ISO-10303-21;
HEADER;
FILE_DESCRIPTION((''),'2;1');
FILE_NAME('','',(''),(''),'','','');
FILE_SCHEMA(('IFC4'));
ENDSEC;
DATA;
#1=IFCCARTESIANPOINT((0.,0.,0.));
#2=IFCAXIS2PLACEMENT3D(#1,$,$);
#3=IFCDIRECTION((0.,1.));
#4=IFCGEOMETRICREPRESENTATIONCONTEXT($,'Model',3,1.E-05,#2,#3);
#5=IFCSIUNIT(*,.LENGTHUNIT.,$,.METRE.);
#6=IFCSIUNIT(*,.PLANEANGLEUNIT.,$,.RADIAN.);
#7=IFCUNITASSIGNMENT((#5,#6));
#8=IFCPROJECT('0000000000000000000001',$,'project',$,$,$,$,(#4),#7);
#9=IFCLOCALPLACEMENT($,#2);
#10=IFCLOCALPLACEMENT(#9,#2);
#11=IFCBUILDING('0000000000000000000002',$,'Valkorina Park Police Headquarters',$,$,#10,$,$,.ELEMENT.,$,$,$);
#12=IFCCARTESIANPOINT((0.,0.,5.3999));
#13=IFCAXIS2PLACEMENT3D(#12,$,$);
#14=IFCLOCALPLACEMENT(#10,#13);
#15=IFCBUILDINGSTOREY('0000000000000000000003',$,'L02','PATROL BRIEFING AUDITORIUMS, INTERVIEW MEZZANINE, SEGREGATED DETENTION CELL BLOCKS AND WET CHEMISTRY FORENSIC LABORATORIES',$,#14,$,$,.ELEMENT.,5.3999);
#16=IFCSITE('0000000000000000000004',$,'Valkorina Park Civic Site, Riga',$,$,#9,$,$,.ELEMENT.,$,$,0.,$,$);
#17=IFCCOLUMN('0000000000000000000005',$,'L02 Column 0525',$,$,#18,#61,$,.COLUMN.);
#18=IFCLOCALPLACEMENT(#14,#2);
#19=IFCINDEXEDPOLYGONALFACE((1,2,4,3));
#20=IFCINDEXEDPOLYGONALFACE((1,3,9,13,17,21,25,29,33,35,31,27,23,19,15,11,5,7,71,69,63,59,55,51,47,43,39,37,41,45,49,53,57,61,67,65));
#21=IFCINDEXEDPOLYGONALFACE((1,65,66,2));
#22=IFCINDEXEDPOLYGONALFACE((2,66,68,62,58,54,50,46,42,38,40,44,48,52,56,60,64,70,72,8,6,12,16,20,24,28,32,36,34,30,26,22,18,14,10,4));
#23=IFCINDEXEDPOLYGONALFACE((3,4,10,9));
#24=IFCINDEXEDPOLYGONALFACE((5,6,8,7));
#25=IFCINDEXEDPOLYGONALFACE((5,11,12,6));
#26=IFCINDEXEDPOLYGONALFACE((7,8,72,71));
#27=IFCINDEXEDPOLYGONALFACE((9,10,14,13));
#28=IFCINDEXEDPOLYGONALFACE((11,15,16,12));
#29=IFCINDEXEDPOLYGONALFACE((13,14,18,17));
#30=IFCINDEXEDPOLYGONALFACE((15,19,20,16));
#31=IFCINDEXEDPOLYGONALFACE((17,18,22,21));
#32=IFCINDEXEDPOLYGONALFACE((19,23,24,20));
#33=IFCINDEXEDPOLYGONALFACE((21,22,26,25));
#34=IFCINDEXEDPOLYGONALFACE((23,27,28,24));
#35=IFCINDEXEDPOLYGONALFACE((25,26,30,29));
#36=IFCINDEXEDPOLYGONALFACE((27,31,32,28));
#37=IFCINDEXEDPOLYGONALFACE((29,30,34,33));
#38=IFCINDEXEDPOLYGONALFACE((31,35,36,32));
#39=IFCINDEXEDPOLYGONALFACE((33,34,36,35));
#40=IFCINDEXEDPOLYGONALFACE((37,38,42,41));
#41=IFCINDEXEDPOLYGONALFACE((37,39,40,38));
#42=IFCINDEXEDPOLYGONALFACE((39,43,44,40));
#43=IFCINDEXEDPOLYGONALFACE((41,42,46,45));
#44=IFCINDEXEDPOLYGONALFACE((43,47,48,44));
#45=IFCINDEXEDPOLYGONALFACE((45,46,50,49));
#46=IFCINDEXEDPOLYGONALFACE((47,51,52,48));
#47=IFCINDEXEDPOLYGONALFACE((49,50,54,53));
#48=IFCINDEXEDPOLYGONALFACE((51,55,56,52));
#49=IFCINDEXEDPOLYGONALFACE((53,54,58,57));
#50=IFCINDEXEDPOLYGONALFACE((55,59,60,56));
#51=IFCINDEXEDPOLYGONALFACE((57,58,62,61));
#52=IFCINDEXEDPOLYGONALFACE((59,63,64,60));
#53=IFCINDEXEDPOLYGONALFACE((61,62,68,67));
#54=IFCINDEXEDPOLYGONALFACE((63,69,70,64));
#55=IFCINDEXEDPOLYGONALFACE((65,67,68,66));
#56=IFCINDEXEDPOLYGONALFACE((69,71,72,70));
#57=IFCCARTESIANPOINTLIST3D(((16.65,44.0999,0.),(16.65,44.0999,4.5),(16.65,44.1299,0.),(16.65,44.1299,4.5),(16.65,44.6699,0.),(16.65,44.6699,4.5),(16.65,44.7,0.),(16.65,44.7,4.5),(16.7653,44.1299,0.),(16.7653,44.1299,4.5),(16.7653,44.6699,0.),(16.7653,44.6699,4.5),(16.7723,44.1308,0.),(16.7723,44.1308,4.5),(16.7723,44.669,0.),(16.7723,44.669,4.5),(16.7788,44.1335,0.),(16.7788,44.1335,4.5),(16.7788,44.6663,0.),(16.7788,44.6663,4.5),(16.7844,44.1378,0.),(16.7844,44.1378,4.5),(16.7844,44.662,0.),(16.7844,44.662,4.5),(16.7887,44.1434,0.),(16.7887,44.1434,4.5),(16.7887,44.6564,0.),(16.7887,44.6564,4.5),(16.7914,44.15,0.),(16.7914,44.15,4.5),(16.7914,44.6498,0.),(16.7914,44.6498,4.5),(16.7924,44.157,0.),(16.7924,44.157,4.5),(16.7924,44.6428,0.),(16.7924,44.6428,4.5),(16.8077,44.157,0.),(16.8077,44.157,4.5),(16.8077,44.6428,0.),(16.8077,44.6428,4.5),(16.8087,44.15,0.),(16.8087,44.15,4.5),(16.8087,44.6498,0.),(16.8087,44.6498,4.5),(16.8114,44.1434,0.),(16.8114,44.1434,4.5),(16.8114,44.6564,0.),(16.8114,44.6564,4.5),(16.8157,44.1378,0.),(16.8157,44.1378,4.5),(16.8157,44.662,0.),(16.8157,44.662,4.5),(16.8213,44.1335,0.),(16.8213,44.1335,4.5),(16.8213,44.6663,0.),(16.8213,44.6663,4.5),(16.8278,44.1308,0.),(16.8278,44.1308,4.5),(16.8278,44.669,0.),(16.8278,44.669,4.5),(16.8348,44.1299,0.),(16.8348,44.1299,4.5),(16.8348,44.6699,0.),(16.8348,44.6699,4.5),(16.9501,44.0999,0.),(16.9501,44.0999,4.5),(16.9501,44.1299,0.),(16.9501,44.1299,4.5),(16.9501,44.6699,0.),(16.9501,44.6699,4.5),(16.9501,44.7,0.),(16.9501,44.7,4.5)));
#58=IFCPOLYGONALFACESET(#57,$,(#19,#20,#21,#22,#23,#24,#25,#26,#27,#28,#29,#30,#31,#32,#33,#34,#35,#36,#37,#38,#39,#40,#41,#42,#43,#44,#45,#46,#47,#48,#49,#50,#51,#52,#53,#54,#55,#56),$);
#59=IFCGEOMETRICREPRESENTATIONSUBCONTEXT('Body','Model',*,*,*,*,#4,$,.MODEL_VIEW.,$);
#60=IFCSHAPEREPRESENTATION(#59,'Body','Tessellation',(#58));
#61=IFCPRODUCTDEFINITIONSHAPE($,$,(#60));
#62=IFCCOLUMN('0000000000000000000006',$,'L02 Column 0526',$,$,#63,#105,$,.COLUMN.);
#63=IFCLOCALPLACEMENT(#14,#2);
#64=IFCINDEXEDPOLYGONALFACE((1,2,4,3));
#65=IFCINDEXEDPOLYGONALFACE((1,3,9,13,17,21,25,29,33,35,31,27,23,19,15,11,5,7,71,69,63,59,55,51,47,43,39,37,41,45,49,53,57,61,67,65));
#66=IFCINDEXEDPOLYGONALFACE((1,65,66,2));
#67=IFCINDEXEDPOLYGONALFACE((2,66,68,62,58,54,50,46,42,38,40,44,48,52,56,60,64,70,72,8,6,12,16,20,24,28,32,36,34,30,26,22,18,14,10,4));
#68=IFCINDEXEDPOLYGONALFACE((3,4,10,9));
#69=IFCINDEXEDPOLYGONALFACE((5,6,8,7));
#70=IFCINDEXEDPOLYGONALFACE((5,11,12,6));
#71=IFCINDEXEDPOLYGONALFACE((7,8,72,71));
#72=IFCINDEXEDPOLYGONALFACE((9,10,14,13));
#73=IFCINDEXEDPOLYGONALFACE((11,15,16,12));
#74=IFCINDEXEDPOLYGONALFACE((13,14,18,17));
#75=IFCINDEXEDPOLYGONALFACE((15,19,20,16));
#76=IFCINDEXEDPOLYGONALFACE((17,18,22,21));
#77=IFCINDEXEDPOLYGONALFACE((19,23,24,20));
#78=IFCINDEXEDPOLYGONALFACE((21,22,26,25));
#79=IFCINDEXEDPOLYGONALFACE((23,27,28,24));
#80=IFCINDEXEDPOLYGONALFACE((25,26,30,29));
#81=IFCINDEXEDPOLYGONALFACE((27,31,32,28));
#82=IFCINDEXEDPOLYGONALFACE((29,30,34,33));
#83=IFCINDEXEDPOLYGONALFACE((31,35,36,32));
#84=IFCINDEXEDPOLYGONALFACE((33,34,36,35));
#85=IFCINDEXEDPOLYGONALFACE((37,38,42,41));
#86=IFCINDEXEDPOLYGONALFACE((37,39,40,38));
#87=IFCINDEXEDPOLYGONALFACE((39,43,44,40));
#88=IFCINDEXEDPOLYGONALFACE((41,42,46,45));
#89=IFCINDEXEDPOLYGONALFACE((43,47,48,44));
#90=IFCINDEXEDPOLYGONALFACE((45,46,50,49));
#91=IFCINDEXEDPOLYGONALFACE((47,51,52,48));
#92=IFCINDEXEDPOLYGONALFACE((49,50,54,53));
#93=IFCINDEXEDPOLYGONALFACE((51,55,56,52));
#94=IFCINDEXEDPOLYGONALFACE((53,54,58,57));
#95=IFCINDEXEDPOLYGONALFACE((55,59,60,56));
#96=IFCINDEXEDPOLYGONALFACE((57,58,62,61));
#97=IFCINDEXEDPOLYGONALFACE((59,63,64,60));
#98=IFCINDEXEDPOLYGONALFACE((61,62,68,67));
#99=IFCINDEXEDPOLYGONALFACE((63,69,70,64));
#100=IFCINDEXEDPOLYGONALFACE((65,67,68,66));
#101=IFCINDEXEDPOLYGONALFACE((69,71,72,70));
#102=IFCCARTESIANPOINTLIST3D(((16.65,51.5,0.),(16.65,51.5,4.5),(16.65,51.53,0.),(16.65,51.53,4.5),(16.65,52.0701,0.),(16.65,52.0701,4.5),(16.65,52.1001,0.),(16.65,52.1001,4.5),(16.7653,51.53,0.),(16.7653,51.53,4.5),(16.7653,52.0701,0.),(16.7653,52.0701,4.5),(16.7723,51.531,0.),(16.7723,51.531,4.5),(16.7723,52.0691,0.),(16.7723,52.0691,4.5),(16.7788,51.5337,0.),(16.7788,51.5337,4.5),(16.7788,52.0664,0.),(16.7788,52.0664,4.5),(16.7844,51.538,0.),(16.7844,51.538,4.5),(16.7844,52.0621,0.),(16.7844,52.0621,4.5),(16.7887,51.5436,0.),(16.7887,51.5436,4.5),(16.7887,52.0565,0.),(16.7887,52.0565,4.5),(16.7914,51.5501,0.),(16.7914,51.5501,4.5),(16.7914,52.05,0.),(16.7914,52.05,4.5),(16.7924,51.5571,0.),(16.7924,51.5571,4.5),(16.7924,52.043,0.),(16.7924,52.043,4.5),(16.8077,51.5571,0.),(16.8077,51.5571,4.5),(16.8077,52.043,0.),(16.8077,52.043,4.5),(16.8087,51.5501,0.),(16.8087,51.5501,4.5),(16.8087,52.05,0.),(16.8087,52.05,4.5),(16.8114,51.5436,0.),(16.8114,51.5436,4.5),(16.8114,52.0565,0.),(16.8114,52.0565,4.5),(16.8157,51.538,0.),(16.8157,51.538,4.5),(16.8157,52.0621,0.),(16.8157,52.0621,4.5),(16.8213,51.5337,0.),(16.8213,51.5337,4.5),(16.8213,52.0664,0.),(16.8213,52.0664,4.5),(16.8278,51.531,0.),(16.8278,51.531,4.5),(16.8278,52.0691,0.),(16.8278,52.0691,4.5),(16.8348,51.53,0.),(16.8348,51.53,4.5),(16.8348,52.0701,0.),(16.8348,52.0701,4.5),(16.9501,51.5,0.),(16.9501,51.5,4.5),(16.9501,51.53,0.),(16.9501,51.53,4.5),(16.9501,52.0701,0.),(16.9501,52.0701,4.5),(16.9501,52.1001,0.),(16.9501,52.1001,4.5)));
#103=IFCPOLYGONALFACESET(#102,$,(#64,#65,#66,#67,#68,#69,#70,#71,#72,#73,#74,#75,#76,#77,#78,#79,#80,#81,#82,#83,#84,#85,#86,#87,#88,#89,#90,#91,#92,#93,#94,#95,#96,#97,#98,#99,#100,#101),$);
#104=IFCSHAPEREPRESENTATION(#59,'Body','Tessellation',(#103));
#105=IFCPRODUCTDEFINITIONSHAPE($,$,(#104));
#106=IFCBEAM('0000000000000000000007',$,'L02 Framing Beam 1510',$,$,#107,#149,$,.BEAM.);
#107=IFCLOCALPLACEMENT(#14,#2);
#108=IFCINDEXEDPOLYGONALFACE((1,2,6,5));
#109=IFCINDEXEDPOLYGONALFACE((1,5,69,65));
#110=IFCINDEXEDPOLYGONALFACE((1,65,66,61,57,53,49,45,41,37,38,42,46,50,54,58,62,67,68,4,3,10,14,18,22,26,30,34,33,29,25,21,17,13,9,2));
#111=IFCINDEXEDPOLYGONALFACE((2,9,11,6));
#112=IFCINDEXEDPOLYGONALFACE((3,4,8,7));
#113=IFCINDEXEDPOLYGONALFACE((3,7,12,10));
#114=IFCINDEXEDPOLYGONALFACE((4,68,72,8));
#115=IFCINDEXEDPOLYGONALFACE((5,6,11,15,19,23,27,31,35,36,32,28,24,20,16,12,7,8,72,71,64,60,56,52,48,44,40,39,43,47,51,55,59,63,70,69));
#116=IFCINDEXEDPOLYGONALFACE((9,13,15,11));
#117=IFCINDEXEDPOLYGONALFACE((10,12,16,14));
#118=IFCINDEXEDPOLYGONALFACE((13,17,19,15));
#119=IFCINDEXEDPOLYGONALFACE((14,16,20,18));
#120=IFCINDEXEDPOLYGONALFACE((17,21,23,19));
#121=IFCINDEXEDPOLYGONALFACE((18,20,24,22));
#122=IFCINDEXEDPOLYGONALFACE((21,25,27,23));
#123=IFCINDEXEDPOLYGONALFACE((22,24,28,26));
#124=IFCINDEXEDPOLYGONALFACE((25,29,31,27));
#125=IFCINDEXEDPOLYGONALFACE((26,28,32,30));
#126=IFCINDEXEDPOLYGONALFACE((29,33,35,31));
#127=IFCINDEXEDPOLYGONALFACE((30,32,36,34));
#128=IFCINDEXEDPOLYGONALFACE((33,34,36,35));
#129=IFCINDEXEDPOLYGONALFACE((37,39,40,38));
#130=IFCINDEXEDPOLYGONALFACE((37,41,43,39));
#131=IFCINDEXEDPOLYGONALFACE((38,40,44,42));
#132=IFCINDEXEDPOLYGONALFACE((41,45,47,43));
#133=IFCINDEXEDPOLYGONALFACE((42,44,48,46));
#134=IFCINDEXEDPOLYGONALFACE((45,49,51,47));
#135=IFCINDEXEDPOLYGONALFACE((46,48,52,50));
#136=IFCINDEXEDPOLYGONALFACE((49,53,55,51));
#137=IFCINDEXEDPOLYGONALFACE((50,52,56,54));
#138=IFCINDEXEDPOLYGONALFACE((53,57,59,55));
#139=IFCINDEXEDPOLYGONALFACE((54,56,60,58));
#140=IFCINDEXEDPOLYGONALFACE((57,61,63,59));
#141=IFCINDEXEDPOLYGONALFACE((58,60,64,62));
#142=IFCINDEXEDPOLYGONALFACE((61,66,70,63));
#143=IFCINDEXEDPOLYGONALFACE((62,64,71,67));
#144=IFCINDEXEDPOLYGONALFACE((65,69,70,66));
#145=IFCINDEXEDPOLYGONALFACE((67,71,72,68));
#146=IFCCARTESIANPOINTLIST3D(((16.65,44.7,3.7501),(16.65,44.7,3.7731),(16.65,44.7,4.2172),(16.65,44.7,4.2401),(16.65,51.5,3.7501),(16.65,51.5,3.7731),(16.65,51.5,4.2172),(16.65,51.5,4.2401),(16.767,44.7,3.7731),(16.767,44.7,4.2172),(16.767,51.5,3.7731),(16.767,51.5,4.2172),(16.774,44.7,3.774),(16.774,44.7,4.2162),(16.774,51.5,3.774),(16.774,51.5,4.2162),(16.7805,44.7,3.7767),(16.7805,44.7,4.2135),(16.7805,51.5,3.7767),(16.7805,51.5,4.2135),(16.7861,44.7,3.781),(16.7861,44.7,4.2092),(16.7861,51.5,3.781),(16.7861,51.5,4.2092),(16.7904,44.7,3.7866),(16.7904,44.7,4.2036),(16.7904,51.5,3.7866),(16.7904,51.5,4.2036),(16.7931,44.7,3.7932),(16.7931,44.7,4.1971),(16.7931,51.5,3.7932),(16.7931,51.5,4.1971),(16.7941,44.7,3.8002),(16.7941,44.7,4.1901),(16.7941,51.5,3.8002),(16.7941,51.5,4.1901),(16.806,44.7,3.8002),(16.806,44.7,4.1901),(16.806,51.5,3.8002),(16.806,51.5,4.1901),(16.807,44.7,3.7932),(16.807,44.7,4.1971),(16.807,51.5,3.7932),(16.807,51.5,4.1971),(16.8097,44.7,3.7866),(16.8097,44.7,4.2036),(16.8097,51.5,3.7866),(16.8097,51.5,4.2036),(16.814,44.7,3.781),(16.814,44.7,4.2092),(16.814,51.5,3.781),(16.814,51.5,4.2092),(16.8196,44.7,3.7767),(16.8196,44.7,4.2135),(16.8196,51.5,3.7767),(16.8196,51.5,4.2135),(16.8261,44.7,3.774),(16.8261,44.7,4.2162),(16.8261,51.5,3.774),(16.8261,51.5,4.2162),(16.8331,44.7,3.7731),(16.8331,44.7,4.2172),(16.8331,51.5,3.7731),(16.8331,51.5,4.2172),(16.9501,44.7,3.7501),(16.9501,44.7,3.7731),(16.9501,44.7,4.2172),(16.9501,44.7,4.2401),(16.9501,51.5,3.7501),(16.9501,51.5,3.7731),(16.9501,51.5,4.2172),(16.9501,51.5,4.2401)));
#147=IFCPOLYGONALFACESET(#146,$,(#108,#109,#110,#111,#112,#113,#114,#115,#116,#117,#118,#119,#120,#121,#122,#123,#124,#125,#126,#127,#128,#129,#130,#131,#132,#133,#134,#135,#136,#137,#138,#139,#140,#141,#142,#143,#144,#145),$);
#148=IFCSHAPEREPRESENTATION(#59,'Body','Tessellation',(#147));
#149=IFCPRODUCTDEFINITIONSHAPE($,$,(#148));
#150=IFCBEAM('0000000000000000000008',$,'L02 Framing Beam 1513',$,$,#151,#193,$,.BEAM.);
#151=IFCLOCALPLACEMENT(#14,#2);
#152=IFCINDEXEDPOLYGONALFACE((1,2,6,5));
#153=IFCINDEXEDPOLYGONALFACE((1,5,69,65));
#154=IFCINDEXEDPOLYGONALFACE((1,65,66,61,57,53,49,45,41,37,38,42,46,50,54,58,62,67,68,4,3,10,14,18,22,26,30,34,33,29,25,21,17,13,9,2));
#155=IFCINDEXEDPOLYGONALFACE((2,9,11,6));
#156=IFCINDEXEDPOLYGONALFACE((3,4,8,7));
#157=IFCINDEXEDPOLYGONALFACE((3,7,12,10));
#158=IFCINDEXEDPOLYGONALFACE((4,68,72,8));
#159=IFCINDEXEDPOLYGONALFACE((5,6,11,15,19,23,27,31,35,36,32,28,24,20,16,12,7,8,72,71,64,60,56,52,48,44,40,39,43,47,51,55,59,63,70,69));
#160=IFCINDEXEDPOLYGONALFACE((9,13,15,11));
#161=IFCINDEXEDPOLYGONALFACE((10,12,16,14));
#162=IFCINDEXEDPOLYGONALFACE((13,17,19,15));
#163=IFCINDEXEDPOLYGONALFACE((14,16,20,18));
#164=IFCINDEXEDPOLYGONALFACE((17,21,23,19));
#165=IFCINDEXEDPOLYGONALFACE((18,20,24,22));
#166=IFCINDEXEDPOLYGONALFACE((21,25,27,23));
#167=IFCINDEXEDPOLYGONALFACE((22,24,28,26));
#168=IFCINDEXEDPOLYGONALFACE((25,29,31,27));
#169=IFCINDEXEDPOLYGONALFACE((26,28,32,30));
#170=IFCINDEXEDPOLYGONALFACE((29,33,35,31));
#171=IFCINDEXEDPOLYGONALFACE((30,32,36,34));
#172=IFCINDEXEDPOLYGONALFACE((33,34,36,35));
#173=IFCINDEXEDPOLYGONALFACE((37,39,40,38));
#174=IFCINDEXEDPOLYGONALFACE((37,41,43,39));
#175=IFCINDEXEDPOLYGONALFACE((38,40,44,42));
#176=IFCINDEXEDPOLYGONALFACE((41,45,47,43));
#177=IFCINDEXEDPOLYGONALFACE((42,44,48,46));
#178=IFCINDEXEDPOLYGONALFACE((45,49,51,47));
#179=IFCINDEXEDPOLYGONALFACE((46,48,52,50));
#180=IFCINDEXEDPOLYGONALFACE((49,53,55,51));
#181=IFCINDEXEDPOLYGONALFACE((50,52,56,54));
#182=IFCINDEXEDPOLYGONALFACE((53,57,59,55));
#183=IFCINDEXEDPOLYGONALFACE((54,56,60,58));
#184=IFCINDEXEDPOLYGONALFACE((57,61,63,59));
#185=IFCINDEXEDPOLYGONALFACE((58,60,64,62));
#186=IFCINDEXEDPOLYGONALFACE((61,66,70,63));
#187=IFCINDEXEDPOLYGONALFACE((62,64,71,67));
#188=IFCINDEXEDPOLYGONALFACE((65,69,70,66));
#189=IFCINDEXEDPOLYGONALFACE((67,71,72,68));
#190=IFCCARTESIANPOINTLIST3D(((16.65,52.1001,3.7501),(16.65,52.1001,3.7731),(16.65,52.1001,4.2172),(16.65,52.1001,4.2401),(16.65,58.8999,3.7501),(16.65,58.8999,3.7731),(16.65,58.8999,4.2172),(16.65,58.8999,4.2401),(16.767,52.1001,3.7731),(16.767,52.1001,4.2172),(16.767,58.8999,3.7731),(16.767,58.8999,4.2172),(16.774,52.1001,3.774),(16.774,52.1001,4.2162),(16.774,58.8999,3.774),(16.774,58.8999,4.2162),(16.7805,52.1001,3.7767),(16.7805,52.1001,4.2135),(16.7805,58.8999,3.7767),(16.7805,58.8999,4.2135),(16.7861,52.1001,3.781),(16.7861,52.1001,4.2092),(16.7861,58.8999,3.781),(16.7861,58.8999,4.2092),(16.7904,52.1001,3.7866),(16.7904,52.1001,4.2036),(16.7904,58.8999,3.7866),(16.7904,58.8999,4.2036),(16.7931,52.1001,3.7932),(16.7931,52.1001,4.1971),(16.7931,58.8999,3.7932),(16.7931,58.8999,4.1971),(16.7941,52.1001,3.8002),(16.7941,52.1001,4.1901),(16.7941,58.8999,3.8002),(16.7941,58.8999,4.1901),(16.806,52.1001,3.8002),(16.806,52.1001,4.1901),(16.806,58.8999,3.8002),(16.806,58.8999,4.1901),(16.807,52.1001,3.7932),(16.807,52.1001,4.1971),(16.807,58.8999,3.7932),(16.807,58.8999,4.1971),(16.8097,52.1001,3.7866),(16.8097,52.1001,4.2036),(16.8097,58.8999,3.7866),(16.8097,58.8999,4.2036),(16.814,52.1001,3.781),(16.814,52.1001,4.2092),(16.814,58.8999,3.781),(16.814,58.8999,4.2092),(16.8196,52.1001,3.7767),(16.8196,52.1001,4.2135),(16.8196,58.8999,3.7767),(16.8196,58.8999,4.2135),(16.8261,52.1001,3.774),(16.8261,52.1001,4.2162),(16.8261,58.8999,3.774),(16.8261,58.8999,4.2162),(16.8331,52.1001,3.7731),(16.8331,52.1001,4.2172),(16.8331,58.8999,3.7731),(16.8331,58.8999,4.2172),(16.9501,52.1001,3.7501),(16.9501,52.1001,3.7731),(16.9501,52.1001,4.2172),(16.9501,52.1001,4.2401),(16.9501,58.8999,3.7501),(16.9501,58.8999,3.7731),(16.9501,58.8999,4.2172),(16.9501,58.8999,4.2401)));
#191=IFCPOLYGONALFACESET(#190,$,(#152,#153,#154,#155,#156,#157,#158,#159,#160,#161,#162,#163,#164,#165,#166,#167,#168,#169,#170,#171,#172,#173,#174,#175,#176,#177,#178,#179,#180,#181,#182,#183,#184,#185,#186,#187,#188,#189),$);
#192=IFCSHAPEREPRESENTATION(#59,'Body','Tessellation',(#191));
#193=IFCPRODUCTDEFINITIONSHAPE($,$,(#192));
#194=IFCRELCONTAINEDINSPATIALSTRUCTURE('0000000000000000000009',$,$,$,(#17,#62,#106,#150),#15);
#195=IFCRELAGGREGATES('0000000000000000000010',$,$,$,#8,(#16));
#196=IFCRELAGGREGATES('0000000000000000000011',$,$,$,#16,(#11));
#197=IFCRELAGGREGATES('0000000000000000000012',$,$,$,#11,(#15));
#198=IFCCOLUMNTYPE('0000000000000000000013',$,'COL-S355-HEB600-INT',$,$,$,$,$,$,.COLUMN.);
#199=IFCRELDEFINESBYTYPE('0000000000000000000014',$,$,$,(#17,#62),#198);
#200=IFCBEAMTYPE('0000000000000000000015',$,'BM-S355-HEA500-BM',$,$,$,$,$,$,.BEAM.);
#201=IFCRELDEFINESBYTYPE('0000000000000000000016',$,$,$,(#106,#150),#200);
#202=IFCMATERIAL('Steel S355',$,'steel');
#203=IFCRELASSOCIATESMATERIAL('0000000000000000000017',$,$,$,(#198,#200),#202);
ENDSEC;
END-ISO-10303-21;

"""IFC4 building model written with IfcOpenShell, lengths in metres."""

from ifc_helpers import new_model, si_unit, direction, frame, origin, origin_2d, place, context, subcontext, project, spatial, i_section, extrude, material, material_profile, profile_set, type_object, element, save


model = new_model("IFC4")

# Units and contexts
model_context = context("Model", 3, precision=1e-05, world=origin(), true_north=direction((0.0, 1.0)))
body_context = subcontext(model_context, "Body", "Model", "MODEL_VIEW")
ifc_project = project(units=[si_unit("LENGTHUNIT", "METRE"), si_unit("PLANEANGLEUNIT", "RADIAN")], contexts=[model_context])

# Site, building, storey
site_placement = place(None, origin())
site = spatial("IfcSite", under=ifc_project, at=site_placement, Name="Valkorina Park Civic Site, Riga", CompositionType="ELEMENT", RefElevation=0.0)
building_placement = place(site_placement, origin())
building = spatial("IfcBuilding", under=site, at=building_placement, Name="Valkorina Park Police Headquarters", CompositionType="ELEMENT")
storey_placement = place(building_placement, frame((0.0, 0.0, 5.3999)))
storey = spatial("IfcBuildingStorey", under=building, at=storey_placement, Name="L02", Description="PATROL BRIEFING AUDITORIUMS, INTERVIEW MEZZANINE, SEGREGATED DETENTION CELL BLOCKS AND WET CHEMISTRY FORENSIC LABORATORIES", CompositionType="ELEMENT", Elevation=5.3999)

# Columns
ifc_material_1 = material(Name="Steel S355", Category="steel")
ifc_material_profile_1 = material_profile(ifc_material_1, i_section(OverallWidth=0.3, OverallDepth=0.6001, WebThickness=0.0154, FlangeThickness=0.03, FilletRadius=0.0271, at=origin_2d()), Name="HEB 600")
ifc_profile_set_1 = profile_set([ifc_material_profile_1], Name="Steel S355")
column_type = type_object("IfcColumnType", Name="COL-S355-HEB600-INT", PredefinedType="COLUMN", material=ifc_profile_set_1)
for number, where, z_axis, x_axis, name in (
    (1, (16.8, 44.3999, 0.0), (0.0, 0.0, 1.0), (1.0, 0.0, 0.0), "L02 Column 0525"),
    (2, (16.8, 51.8, 0.0), (0.0, 0.0, 1.0), (1.0, 0.0, 0.0), "L02 Column 0526"),
):
    element("IfcColumn", number, at=place(storey_placement, frame(where, z_axis=z_axis, x_axis=x_axis)), inside=storey, type_object=column_type, Name=name, PredefinedType="COLUMN", context=body_context, shape_type="SweptSolid", body=[
        extrude(i_section(OverallWidth=0.3, OverallDepth=0.6001, WebThickness=0.0154, FlangeThickness=0.03, FilletRadius=0.0271, at=origin_2d()), origin(), (0.0, 0.0, 1.0), 4.5),
    ])

# Beams
ifc_material_profile_2 = material_profile(ifc_material_1, i_section(OverallWidth=0.3, OverallDepth=0.49, WebThickness=0.012, FlangeThickness=0.0229, FilletRadius=0.0271, at=origin_2d()), Name="HEA 500")
ifc_profile_set_2 = profile_set([ifc_material_profile_2], Name="Steel S355")
beam_type_1 = type_object("IfcBeamType", Name="BM-S355-HEA500-BM", PredefinedType="BEAM", material=ifc_profile_set_2)
beam_1_placement = place(storey_placement, frame((16.8, 44.7, 3.9951), z_axis=(0.0, 1.0, 0.0), x_axis=(-1.0, 0.0, 0.0)))
element("IfcBeam", 3, at=beam_1_placement, inside=storey, type_object=beam_type_1, Name="L02 Framing Beam 1510", PredefinedType="BEAM", context=body_context, shape_type="SweptSolid", body=[
    extrude(i_section(OverallWidth=0.3, OverallDepth=0.49, WebThickness=0.012, FlangeThickness=0.0229, FilletRadius=0.0271, at=origin_2d()), origin(), (0.0, 0.0, 1.0), 6.8),
])
beam_2_placement = place(storey_placement, frame((16.8, 52.1001, 3.9951), z_axis=(0.0, 1.0, 0.0), x_axis=(-1.0, 0.0, 0.0)))
element("IfcBeam", 4, at=beam_2_placement, inside=storey, type_object=beam_type_1, Name="L02 Framing Beam 1513", PredefinedType="BEAM", context=body_context, shape_type="SweptSolid", body=[
    extrude(i_section(OverallWidth=0.3, OverallDepth=0.49, WebThickness=0.012, FlangeThickness=0.0229, FilletRadius=0.0271, at=origin_2d()), origin(), (0.0, 0.0, 1.0), 6.7998),
])

save(model, "model.ifc")
